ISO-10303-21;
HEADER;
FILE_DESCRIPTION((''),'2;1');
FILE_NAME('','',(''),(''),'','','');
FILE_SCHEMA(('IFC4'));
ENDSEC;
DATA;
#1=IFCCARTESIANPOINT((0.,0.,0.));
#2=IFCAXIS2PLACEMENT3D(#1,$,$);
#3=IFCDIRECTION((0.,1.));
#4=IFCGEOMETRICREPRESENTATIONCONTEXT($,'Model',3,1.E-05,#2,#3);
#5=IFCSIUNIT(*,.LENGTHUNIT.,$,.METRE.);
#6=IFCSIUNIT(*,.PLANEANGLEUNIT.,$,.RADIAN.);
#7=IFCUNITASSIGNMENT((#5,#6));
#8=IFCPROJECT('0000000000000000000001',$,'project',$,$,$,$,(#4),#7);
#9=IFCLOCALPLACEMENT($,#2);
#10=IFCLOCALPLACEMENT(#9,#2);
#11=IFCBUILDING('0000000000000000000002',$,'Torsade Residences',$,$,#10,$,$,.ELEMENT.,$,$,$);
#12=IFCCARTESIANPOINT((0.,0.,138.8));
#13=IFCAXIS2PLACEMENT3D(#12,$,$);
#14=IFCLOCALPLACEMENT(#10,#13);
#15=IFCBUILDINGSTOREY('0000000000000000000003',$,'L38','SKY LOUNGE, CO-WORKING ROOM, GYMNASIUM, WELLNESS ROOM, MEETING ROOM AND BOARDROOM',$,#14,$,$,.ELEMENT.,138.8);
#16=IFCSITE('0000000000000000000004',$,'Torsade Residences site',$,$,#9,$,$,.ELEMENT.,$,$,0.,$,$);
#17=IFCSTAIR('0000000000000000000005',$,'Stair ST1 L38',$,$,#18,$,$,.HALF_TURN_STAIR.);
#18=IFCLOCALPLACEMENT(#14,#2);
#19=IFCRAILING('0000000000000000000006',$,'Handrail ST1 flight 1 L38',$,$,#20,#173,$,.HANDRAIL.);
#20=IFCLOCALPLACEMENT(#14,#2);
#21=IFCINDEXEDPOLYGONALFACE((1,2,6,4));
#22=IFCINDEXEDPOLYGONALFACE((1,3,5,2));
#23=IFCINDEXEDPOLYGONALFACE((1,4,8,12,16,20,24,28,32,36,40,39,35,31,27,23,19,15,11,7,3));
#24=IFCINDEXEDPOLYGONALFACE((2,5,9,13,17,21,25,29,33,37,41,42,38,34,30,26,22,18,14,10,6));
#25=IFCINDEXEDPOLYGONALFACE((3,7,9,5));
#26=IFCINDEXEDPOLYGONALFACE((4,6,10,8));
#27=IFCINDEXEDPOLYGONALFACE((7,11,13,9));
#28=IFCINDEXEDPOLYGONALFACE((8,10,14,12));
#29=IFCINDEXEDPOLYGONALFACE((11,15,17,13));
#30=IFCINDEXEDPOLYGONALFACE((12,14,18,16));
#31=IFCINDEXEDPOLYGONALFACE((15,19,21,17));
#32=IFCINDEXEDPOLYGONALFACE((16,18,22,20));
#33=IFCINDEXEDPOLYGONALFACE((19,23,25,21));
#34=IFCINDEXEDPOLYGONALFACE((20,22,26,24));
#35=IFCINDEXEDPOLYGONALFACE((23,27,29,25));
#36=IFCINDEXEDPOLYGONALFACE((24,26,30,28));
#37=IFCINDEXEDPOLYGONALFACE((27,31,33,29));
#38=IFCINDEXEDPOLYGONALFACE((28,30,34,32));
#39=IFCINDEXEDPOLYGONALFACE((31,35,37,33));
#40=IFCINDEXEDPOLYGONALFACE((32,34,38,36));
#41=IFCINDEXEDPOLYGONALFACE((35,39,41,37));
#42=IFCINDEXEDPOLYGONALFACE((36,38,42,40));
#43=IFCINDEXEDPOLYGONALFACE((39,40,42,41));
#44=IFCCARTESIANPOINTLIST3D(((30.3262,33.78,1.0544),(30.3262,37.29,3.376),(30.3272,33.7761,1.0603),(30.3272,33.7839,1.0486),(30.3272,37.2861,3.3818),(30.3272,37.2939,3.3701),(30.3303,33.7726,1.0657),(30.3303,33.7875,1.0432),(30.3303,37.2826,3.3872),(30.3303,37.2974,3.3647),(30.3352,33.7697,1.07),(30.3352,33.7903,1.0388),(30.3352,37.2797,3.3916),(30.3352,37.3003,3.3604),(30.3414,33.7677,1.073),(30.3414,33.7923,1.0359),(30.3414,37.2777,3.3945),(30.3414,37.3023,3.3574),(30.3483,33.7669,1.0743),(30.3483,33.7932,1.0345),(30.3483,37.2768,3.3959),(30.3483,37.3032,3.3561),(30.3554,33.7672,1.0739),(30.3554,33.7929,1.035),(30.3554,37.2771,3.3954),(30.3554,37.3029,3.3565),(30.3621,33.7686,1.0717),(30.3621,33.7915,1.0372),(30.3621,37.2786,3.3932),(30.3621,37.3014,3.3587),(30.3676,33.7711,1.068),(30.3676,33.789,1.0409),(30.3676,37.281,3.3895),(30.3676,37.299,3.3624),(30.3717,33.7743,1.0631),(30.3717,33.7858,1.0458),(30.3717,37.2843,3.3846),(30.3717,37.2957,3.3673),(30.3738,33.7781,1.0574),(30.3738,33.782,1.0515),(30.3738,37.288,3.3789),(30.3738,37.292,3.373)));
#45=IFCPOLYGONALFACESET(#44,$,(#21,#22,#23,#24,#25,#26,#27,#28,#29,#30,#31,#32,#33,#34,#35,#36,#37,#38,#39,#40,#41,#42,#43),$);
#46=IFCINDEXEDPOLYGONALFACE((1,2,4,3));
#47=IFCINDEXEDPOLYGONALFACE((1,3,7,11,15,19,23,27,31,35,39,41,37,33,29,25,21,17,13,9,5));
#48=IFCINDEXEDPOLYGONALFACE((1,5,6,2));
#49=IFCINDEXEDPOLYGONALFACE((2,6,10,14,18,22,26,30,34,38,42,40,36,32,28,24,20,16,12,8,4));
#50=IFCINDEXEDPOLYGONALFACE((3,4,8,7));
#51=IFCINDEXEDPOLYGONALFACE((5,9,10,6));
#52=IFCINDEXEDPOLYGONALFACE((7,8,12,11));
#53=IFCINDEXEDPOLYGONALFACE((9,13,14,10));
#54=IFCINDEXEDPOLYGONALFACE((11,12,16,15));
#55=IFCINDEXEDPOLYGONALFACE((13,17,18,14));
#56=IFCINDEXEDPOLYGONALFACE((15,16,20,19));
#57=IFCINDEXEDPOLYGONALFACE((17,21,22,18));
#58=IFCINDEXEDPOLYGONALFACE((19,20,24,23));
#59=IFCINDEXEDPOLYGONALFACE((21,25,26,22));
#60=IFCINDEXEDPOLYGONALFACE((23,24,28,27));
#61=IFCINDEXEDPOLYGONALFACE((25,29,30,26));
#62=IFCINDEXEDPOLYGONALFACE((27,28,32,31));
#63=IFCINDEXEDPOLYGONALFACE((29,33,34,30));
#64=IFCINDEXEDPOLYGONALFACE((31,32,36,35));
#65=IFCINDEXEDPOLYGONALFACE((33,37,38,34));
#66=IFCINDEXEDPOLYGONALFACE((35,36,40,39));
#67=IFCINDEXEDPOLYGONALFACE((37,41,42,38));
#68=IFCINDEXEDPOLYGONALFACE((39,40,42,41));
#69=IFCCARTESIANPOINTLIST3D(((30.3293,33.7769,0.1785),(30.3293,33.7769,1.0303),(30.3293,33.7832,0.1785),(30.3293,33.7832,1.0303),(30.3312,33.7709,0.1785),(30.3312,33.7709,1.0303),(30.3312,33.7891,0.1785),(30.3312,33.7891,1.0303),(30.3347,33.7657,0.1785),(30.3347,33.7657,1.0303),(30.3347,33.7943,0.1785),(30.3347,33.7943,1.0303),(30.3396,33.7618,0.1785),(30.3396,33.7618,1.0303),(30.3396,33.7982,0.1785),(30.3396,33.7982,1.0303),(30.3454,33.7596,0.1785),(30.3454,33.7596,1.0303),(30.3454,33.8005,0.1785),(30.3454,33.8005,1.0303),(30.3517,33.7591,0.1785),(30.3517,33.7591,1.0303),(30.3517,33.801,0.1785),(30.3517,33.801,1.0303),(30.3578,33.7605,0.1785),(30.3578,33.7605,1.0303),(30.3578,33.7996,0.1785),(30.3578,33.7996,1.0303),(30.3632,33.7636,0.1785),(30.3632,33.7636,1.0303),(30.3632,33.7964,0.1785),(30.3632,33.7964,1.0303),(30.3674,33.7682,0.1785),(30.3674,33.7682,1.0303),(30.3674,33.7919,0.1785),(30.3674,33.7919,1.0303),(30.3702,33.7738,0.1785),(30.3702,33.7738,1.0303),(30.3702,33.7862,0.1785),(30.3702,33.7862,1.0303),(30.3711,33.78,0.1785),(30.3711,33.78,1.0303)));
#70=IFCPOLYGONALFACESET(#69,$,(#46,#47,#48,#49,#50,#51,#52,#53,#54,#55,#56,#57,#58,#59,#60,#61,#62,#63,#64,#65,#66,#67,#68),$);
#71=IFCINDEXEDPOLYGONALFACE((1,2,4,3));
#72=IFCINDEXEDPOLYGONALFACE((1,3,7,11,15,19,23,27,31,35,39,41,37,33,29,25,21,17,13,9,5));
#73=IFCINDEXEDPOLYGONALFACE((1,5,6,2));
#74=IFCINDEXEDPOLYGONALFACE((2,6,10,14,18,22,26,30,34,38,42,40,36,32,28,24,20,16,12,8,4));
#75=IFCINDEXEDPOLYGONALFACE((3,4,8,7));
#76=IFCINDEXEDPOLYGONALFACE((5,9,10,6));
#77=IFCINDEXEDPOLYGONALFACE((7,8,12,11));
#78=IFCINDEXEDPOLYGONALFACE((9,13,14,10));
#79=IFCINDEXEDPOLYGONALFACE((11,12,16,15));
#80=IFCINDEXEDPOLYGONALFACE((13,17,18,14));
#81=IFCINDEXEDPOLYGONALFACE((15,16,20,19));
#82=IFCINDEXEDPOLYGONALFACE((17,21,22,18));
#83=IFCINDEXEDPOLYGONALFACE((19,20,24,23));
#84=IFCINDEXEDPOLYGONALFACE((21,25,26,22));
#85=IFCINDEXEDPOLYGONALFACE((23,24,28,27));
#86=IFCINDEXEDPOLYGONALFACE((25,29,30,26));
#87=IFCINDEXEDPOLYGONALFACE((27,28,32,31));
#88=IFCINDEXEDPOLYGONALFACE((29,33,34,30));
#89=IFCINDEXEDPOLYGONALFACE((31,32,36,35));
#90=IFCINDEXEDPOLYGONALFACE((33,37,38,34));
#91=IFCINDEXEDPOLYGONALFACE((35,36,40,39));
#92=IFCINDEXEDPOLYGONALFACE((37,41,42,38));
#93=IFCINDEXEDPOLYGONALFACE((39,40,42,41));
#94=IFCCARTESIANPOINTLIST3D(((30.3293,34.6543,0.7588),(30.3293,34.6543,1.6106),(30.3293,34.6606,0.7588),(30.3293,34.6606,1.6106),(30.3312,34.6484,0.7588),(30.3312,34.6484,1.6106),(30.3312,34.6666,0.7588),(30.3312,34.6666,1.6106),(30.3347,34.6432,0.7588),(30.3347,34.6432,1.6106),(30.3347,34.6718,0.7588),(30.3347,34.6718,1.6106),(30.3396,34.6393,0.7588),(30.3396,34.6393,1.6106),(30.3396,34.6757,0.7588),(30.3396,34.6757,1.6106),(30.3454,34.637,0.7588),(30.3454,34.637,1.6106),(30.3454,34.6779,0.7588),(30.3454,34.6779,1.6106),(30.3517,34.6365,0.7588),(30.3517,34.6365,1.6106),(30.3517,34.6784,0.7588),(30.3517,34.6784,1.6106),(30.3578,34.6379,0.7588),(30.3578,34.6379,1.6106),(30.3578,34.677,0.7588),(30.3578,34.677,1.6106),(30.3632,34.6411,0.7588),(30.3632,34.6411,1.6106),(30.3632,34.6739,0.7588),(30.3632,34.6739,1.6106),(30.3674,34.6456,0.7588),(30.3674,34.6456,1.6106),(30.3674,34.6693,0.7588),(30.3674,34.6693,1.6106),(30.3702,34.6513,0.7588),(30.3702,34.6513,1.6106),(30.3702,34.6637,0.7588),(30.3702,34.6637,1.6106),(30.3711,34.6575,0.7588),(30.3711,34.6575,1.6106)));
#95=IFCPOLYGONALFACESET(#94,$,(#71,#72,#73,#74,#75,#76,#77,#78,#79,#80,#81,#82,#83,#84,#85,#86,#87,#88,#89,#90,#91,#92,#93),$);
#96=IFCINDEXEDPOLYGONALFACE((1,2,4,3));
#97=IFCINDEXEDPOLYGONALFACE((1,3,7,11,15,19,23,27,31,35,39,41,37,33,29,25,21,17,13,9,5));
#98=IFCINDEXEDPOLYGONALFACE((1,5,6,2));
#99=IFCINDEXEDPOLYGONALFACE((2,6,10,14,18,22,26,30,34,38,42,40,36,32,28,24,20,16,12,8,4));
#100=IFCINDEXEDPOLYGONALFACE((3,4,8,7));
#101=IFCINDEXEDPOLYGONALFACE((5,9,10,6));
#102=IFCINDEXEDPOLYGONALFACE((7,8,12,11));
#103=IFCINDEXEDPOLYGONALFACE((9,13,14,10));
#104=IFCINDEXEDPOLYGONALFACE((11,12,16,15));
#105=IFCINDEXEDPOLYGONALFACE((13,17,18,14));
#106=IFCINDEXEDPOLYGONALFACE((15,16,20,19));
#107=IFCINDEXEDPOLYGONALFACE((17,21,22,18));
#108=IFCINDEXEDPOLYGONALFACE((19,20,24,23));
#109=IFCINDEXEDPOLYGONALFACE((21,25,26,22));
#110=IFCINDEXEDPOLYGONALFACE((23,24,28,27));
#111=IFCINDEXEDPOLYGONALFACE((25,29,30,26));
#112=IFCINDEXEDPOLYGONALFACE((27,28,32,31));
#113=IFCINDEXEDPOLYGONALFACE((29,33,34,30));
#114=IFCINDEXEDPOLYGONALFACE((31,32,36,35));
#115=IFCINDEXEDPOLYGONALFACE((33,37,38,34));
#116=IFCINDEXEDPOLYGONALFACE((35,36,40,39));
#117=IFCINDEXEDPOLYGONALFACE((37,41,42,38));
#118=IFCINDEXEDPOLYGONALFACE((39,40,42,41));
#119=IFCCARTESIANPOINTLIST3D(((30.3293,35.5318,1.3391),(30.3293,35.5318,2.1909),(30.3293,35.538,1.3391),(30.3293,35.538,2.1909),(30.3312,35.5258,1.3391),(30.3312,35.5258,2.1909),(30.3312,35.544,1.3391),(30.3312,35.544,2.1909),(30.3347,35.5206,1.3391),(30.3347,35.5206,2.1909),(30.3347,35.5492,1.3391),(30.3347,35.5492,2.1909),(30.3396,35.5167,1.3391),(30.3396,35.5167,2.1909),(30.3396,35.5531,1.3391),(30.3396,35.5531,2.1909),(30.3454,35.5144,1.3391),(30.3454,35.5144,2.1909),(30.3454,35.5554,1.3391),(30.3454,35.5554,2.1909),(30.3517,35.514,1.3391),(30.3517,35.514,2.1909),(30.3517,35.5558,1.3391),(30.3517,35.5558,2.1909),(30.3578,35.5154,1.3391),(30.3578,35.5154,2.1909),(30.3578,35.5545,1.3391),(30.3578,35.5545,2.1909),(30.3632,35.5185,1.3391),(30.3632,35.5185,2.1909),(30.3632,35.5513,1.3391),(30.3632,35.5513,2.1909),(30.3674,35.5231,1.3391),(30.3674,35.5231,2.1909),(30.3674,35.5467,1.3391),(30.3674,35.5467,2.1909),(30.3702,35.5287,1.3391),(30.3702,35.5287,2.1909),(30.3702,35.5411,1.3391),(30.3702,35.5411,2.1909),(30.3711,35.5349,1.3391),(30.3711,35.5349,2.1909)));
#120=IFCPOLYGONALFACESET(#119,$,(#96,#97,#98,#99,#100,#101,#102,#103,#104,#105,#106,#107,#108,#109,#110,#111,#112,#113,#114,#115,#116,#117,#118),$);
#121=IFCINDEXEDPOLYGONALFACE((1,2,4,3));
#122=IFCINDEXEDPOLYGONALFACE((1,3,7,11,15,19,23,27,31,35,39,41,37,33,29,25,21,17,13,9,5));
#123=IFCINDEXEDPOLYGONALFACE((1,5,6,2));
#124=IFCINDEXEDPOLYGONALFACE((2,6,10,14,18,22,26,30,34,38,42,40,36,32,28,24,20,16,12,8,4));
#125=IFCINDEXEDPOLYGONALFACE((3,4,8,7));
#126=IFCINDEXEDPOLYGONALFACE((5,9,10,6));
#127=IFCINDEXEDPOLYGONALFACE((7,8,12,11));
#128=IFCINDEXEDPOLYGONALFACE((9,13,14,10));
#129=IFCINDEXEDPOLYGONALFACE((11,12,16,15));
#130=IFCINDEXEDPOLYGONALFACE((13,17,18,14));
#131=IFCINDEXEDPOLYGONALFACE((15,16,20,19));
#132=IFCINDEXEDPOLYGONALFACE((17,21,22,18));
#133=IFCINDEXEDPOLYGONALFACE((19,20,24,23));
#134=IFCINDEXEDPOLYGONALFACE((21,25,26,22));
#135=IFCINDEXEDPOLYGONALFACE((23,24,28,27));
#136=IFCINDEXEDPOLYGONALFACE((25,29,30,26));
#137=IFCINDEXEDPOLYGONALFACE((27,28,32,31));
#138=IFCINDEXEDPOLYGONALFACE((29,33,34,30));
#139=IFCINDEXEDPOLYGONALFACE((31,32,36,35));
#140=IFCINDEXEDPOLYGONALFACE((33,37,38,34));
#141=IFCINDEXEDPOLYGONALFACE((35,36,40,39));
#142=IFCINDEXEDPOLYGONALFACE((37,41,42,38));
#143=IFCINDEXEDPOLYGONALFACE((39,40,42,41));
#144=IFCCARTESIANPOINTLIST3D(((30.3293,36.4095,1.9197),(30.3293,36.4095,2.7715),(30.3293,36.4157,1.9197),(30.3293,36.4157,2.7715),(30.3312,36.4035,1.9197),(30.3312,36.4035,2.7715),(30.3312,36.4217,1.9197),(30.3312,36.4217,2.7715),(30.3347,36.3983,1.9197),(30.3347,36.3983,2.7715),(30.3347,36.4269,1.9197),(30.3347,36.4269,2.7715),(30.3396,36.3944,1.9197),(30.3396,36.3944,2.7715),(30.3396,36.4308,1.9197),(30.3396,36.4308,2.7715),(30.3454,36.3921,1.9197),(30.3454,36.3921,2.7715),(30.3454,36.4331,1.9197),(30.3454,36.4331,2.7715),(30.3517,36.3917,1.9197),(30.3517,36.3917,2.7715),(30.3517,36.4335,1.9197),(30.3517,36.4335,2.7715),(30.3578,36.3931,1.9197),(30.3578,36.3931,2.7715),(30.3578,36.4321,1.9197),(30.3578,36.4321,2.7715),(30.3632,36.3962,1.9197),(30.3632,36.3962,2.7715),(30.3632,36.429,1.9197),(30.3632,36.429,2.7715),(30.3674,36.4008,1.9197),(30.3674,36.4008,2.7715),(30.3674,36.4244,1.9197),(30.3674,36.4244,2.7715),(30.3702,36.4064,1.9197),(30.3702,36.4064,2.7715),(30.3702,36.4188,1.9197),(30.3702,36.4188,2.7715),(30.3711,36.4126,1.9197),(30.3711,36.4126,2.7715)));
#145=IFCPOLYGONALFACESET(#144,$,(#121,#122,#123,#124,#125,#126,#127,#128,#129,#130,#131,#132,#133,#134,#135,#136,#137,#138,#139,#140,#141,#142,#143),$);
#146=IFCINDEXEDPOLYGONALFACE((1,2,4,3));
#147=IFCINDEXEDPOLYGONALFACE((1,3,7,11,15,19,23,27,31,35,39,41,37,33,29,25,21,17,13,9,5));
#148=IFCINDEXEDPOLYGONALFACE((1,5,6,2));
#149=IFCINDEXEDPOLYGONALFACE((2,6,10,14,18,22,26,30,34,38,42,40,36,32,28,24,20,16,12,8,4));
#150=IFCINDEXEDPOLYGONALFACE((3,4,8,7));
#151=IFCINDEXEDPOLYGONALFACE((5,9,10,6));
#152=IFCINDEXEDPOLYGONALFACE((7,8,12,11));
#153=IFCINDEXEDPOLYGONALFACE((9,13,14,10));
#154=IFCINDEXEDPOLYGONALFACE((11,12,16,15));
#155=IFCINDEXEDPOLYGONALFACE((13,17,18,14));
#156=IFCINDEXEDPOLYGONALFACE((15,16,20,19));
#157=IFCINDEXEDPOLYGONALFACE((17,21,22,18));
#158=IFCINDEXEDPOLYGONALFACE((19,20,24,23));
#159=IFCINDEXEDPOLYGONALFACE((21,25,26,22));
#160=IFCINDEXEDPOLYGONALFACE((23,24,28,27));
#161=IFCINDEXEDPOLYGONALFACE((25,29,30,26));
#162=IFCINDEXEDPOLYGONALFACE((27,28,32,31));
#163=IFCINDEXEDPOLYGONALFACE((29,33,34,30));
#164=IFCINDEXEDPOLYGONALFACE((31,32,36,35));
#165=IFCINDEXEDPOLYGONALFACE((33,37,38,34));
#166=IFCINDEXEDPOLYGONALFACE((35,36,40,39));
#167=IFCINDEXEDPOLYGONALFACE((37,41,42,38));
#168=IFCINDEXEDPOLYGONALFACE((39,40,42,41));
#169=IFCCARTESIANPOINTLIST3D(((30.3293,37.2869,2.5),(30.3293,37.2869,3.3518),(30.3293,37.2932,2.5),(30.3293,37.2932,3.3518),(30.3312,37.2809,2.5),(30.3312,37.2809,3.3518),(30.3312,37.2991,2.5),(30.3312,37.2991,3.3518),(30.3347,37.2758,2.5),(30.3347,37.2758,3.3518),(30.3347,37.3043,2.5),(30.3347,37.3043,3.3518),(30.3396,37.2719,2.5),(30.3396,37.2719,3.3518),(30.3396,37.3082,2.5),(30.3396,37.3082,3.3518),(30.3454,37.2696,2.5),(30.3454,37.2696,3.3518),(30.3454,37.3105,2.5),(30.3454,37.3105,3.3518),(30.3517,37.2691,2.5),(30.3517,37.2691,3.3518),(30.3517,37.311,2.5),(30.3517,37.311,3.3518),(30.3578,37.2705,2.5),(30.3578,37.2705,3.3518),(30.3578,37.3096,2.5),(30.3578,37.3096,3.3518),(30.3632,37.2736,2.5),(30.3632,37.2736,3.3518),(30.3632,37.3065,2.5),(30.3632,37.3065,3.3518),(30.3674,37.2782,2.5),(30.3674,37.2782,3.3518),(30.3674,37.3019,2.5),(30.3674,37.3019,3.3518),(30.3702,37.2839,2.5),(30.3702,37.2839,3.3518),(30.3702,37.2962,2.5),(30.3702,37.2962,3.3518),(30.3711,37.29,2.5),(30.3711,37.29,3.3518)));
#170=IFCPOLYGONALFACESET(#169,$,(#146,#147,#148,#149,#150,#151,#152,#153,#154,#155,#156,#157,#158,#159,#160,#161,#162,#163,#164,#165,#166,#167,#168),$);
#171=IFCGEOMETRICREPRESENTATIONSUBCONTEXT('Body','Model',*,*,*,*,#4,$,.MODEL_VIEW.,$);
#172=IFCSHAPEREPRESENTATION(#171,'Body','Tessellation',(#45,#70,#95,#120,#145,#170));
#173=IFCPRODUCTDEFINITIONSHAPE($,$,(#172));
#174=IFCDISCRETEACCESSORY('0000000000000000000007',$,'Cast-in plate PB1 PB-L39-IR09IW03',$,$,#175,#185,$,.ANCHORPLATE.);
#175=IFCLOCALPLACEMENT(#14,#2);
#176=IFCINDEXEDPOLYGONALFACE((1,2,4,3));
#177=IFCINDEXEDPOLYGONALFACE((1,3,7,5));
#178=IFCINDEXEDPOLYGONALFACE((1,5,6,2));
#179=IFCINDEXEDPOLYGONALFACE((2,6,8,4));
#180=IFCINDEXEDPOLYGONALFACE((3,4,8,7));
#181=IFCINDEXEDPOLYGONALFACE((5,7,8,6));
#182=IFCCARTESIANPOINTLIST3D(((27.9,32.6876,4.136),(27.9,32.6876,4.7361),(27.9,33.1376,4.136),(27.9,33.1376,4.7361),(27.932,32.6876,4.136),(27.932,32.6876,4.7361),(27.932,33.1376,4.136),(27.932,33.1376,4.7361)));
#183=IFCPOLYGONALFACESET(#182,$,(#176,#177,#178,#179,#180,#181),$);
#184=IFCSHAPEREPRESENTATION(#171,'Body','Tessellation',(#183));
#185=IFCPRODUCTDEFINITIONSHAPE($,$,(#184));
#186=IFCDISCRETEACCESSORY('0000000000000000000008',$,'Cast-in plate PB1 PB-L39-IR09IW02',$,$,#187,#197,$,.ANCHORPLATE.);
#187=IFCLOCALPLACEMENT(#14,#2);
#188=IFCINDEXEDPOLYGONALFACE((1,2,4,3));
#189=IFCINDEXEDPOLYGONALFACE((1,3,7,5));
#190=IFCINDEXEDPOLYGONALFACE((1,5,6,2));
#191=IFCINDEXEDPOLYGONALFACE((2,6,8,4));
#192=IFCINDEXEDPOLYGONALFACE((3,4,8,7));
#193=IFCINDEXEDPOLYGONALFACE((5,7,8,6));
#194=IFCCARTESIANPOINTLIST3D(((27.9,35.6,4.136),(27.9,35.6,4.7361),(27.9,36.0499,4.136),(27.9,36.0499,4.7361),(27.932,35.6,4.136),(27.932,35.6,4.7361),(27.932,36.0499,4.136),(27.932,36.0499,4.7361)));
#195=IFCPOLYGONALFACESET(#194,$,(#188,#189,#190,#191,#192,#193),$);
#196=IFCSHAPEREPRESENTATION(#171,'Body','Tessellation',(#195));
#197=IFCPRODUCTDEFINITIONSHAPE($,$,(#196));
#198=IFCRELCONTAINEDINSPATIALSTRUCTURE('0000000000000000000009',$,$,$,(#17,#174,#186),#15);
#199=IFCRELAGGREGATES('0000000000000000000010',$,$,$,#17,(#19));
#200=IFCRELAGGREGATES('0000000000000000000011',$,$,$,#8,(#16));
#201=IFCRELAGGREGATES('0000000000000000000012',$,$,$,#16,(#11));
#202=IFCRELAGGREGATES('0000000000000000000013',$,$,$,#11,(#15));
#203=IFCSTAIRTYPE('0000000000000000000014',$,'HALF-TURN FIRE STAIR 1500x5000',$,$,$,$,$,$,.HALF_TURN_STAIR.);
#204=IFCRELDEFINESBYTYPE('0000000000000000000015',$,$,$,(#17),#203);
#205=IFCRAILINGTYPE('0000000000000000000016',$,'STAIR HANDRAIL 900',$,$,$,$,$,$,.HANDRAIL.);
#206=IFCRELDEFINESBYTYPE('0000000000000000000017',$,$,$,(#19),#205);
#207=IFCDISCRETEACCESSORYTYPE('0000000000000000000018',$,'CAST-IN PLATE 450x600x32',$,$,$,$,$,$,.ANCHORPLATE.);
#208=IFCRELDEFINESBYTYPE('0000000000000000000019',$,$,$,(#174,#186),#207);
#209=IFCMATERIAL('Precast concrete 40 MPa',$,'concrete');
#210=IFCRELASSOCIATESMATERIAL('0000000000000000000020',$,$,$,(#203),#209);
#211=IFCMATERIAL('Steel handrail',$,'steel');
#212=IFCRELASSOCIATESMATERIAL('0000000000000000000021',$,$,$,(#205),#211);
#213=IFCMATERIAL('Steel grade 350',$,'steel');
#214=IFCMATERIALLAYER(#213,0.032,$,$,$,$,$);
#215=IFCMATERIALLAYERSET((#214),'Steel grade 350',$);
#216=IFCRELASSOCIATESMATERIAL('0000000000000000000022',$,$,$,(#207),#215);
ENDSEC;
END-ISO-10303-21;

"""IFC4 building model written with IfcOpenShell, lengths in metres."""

from ifc_helpers import new_model, si_unit, direction, frame, origin, origin_2d, place, context, subcontext, project, spatial, rectangle, circle, extrude, material, layer, layer_set, type_object, element, aggregate, save


model = new_model("IFC4")

# Units and contexts
model_context = context("Model", 3, precision=1e-05, world=origin(), true_north=direction((0.0, 1.0)))
body_context = subcontext(model_context, "Body", "Model", "MODEL_VIEW")
ifc_project = project(units=[si_unit("LENGTHUNIT", "METRE"), si_unit("PLANEANGLEUNIT", "RADIAN")], contexts=[model_context])

# Site, building, storey
site_placement = place(None, origin())
site = spatial("IfcSite", under=ifc_project, at=site_placement, Name="Torsade Residences site", CompositionType="ELEMENT", RefElevation=0.0)
building_placement = place(site_placement, origin())
building = spatial("IfcBuilding", under=site, at=building_placement, Name="Torsade Residences", CompositionType="ELEMENT")
storey_placement = place(building_placement, frame((0.0, 0.0, 138.8)))
storey = spatial("IfcBuildingStorey", under=building, at=storey_placement, Name="L38", Description="SKY LOUNGE, CO-WORKING ROOM, GYMNASIUM, WELLNESS ROOM, MEETING ROOM AND BOARDROOM", CompositionType="ELEMENT", Elevation=138.8)

# Stair, railing
ifc_material_1 = material(Name="Precast concrete 40 MPa", Category="concrete")
stair_type = type_object("IfcStairType", Name="HALF-TURN FIRE STAIR 1500x5000", PredefinedType="HALF_TURN_STAIR", material=ifc_material_1)
stair_placement = place(storey_placement, origin())
stair = element("IfcStair", 1, at=stair_placement, inside=storey, type_object=stair_type, Name="Stair ST1 L38", PredefinedType="HALF_TURN_STAIR")
ifc_material_2 = material(Name="Steel handrail", Category="steel")
railing_type = type_object("IfcRailingType", Name="STAIR HANDRAIL 900", PredefinedType="HANDRAIL", material=ifc_material_2)
railing_placement = place(storey_placement, frame((30.3501, 33.78, 0.1785)))
railing = element("IfcRailing", 2, at=railing_placement, type_object=railing_type, Name="Handrail ST1 flight 1 L38", PredefinedType="HANDRAIL", context=body_context, shape_type="SweptSolid", body=[
    extrude(circle(Radius=0.0239, at=origin_2d()), frame((0.0, 0.0, 0.876), z_axis=(0.0, 0.834071, 0.551657), x_axis=(-1.0, 0.0, 0.0)), (0.0, 0.0, 1.0), 4.2083),
    extrude(circle(Radius=0.021, at=origin_2d()), origin(), (0.0, 0.0, 1.0), 0.8518),
    extrude(circle(Radius=0.021, at=origin_2d()), frame((0.0, 0.8774, 0.5803)), (0.0, 0.0, 1.0), 0.8518),
    extrude(circle(Radius=0.021, at=origin_2d()), frame((0.0, 1.7549, 1.1606)), (0.0, 0.0, 1.0), 0.8518),
    extrude(circle(Radius=0.021, at=origin_2d()), frame((0.0, 2.6326, 1.7412)), (0.0, 0.0, 1.0), 0.8518),
    extrude(circle(Radius=0.021, at=origin_2d()), frame((0.0, 3.51, 2.3215)), (0.0, 0.0, 1.0), 0.8518),
])
aggregate(stair, [railing])

# Discrete accessories
ifc_material_3 = material(Name="Steel grade 350", Category="steel")
ifc_layer_1 = layer(ifc_material_3, 0.032)
ifc_layer_set_1 = layer_set([ifc_layer_1], Name="Steel grade 350")
discrete_accessory_type = type_object("IfcDiscreteAccessoryType", Name="CAST-IN PLATE 450x600x32", PredefinedType="ANCHORPLATE", material=ifc_layer_set_1)
for number, where, z_axis, x_axis, name in (
    (3, (27.916, 32.9126, 4.136), (0.0, 0.0, 1.0), (1.0, 0.0, 0.0), "Cast-in plate PB1 PB-L39-IR09IW03"),
    (4, (27.916, 35.825, 4.136), (0.0, 0.0, 1.0), (1.0, 0.0, 0.0), "Cast-in plate PB1 PB-L39-IR09IW02"),
):
    element("IfcDiscreteAccessory", number, at=place(storey_placement, frame(where, z_axis=z_axis, x_axis=x_axis)), inside=storey, type_object=discrete_accessory_type, Name=name, PredefinedType="ANCHORPLATE", context=body_context, shape_type="SweptSolid", body=[
        extrude(rectangle(XDim=0.032, YDim=0.45, at=origin_2d()), origin(), (0.0, 0.0, 1.0), 0.6001),
    ])

save(model, "model.ifc")
